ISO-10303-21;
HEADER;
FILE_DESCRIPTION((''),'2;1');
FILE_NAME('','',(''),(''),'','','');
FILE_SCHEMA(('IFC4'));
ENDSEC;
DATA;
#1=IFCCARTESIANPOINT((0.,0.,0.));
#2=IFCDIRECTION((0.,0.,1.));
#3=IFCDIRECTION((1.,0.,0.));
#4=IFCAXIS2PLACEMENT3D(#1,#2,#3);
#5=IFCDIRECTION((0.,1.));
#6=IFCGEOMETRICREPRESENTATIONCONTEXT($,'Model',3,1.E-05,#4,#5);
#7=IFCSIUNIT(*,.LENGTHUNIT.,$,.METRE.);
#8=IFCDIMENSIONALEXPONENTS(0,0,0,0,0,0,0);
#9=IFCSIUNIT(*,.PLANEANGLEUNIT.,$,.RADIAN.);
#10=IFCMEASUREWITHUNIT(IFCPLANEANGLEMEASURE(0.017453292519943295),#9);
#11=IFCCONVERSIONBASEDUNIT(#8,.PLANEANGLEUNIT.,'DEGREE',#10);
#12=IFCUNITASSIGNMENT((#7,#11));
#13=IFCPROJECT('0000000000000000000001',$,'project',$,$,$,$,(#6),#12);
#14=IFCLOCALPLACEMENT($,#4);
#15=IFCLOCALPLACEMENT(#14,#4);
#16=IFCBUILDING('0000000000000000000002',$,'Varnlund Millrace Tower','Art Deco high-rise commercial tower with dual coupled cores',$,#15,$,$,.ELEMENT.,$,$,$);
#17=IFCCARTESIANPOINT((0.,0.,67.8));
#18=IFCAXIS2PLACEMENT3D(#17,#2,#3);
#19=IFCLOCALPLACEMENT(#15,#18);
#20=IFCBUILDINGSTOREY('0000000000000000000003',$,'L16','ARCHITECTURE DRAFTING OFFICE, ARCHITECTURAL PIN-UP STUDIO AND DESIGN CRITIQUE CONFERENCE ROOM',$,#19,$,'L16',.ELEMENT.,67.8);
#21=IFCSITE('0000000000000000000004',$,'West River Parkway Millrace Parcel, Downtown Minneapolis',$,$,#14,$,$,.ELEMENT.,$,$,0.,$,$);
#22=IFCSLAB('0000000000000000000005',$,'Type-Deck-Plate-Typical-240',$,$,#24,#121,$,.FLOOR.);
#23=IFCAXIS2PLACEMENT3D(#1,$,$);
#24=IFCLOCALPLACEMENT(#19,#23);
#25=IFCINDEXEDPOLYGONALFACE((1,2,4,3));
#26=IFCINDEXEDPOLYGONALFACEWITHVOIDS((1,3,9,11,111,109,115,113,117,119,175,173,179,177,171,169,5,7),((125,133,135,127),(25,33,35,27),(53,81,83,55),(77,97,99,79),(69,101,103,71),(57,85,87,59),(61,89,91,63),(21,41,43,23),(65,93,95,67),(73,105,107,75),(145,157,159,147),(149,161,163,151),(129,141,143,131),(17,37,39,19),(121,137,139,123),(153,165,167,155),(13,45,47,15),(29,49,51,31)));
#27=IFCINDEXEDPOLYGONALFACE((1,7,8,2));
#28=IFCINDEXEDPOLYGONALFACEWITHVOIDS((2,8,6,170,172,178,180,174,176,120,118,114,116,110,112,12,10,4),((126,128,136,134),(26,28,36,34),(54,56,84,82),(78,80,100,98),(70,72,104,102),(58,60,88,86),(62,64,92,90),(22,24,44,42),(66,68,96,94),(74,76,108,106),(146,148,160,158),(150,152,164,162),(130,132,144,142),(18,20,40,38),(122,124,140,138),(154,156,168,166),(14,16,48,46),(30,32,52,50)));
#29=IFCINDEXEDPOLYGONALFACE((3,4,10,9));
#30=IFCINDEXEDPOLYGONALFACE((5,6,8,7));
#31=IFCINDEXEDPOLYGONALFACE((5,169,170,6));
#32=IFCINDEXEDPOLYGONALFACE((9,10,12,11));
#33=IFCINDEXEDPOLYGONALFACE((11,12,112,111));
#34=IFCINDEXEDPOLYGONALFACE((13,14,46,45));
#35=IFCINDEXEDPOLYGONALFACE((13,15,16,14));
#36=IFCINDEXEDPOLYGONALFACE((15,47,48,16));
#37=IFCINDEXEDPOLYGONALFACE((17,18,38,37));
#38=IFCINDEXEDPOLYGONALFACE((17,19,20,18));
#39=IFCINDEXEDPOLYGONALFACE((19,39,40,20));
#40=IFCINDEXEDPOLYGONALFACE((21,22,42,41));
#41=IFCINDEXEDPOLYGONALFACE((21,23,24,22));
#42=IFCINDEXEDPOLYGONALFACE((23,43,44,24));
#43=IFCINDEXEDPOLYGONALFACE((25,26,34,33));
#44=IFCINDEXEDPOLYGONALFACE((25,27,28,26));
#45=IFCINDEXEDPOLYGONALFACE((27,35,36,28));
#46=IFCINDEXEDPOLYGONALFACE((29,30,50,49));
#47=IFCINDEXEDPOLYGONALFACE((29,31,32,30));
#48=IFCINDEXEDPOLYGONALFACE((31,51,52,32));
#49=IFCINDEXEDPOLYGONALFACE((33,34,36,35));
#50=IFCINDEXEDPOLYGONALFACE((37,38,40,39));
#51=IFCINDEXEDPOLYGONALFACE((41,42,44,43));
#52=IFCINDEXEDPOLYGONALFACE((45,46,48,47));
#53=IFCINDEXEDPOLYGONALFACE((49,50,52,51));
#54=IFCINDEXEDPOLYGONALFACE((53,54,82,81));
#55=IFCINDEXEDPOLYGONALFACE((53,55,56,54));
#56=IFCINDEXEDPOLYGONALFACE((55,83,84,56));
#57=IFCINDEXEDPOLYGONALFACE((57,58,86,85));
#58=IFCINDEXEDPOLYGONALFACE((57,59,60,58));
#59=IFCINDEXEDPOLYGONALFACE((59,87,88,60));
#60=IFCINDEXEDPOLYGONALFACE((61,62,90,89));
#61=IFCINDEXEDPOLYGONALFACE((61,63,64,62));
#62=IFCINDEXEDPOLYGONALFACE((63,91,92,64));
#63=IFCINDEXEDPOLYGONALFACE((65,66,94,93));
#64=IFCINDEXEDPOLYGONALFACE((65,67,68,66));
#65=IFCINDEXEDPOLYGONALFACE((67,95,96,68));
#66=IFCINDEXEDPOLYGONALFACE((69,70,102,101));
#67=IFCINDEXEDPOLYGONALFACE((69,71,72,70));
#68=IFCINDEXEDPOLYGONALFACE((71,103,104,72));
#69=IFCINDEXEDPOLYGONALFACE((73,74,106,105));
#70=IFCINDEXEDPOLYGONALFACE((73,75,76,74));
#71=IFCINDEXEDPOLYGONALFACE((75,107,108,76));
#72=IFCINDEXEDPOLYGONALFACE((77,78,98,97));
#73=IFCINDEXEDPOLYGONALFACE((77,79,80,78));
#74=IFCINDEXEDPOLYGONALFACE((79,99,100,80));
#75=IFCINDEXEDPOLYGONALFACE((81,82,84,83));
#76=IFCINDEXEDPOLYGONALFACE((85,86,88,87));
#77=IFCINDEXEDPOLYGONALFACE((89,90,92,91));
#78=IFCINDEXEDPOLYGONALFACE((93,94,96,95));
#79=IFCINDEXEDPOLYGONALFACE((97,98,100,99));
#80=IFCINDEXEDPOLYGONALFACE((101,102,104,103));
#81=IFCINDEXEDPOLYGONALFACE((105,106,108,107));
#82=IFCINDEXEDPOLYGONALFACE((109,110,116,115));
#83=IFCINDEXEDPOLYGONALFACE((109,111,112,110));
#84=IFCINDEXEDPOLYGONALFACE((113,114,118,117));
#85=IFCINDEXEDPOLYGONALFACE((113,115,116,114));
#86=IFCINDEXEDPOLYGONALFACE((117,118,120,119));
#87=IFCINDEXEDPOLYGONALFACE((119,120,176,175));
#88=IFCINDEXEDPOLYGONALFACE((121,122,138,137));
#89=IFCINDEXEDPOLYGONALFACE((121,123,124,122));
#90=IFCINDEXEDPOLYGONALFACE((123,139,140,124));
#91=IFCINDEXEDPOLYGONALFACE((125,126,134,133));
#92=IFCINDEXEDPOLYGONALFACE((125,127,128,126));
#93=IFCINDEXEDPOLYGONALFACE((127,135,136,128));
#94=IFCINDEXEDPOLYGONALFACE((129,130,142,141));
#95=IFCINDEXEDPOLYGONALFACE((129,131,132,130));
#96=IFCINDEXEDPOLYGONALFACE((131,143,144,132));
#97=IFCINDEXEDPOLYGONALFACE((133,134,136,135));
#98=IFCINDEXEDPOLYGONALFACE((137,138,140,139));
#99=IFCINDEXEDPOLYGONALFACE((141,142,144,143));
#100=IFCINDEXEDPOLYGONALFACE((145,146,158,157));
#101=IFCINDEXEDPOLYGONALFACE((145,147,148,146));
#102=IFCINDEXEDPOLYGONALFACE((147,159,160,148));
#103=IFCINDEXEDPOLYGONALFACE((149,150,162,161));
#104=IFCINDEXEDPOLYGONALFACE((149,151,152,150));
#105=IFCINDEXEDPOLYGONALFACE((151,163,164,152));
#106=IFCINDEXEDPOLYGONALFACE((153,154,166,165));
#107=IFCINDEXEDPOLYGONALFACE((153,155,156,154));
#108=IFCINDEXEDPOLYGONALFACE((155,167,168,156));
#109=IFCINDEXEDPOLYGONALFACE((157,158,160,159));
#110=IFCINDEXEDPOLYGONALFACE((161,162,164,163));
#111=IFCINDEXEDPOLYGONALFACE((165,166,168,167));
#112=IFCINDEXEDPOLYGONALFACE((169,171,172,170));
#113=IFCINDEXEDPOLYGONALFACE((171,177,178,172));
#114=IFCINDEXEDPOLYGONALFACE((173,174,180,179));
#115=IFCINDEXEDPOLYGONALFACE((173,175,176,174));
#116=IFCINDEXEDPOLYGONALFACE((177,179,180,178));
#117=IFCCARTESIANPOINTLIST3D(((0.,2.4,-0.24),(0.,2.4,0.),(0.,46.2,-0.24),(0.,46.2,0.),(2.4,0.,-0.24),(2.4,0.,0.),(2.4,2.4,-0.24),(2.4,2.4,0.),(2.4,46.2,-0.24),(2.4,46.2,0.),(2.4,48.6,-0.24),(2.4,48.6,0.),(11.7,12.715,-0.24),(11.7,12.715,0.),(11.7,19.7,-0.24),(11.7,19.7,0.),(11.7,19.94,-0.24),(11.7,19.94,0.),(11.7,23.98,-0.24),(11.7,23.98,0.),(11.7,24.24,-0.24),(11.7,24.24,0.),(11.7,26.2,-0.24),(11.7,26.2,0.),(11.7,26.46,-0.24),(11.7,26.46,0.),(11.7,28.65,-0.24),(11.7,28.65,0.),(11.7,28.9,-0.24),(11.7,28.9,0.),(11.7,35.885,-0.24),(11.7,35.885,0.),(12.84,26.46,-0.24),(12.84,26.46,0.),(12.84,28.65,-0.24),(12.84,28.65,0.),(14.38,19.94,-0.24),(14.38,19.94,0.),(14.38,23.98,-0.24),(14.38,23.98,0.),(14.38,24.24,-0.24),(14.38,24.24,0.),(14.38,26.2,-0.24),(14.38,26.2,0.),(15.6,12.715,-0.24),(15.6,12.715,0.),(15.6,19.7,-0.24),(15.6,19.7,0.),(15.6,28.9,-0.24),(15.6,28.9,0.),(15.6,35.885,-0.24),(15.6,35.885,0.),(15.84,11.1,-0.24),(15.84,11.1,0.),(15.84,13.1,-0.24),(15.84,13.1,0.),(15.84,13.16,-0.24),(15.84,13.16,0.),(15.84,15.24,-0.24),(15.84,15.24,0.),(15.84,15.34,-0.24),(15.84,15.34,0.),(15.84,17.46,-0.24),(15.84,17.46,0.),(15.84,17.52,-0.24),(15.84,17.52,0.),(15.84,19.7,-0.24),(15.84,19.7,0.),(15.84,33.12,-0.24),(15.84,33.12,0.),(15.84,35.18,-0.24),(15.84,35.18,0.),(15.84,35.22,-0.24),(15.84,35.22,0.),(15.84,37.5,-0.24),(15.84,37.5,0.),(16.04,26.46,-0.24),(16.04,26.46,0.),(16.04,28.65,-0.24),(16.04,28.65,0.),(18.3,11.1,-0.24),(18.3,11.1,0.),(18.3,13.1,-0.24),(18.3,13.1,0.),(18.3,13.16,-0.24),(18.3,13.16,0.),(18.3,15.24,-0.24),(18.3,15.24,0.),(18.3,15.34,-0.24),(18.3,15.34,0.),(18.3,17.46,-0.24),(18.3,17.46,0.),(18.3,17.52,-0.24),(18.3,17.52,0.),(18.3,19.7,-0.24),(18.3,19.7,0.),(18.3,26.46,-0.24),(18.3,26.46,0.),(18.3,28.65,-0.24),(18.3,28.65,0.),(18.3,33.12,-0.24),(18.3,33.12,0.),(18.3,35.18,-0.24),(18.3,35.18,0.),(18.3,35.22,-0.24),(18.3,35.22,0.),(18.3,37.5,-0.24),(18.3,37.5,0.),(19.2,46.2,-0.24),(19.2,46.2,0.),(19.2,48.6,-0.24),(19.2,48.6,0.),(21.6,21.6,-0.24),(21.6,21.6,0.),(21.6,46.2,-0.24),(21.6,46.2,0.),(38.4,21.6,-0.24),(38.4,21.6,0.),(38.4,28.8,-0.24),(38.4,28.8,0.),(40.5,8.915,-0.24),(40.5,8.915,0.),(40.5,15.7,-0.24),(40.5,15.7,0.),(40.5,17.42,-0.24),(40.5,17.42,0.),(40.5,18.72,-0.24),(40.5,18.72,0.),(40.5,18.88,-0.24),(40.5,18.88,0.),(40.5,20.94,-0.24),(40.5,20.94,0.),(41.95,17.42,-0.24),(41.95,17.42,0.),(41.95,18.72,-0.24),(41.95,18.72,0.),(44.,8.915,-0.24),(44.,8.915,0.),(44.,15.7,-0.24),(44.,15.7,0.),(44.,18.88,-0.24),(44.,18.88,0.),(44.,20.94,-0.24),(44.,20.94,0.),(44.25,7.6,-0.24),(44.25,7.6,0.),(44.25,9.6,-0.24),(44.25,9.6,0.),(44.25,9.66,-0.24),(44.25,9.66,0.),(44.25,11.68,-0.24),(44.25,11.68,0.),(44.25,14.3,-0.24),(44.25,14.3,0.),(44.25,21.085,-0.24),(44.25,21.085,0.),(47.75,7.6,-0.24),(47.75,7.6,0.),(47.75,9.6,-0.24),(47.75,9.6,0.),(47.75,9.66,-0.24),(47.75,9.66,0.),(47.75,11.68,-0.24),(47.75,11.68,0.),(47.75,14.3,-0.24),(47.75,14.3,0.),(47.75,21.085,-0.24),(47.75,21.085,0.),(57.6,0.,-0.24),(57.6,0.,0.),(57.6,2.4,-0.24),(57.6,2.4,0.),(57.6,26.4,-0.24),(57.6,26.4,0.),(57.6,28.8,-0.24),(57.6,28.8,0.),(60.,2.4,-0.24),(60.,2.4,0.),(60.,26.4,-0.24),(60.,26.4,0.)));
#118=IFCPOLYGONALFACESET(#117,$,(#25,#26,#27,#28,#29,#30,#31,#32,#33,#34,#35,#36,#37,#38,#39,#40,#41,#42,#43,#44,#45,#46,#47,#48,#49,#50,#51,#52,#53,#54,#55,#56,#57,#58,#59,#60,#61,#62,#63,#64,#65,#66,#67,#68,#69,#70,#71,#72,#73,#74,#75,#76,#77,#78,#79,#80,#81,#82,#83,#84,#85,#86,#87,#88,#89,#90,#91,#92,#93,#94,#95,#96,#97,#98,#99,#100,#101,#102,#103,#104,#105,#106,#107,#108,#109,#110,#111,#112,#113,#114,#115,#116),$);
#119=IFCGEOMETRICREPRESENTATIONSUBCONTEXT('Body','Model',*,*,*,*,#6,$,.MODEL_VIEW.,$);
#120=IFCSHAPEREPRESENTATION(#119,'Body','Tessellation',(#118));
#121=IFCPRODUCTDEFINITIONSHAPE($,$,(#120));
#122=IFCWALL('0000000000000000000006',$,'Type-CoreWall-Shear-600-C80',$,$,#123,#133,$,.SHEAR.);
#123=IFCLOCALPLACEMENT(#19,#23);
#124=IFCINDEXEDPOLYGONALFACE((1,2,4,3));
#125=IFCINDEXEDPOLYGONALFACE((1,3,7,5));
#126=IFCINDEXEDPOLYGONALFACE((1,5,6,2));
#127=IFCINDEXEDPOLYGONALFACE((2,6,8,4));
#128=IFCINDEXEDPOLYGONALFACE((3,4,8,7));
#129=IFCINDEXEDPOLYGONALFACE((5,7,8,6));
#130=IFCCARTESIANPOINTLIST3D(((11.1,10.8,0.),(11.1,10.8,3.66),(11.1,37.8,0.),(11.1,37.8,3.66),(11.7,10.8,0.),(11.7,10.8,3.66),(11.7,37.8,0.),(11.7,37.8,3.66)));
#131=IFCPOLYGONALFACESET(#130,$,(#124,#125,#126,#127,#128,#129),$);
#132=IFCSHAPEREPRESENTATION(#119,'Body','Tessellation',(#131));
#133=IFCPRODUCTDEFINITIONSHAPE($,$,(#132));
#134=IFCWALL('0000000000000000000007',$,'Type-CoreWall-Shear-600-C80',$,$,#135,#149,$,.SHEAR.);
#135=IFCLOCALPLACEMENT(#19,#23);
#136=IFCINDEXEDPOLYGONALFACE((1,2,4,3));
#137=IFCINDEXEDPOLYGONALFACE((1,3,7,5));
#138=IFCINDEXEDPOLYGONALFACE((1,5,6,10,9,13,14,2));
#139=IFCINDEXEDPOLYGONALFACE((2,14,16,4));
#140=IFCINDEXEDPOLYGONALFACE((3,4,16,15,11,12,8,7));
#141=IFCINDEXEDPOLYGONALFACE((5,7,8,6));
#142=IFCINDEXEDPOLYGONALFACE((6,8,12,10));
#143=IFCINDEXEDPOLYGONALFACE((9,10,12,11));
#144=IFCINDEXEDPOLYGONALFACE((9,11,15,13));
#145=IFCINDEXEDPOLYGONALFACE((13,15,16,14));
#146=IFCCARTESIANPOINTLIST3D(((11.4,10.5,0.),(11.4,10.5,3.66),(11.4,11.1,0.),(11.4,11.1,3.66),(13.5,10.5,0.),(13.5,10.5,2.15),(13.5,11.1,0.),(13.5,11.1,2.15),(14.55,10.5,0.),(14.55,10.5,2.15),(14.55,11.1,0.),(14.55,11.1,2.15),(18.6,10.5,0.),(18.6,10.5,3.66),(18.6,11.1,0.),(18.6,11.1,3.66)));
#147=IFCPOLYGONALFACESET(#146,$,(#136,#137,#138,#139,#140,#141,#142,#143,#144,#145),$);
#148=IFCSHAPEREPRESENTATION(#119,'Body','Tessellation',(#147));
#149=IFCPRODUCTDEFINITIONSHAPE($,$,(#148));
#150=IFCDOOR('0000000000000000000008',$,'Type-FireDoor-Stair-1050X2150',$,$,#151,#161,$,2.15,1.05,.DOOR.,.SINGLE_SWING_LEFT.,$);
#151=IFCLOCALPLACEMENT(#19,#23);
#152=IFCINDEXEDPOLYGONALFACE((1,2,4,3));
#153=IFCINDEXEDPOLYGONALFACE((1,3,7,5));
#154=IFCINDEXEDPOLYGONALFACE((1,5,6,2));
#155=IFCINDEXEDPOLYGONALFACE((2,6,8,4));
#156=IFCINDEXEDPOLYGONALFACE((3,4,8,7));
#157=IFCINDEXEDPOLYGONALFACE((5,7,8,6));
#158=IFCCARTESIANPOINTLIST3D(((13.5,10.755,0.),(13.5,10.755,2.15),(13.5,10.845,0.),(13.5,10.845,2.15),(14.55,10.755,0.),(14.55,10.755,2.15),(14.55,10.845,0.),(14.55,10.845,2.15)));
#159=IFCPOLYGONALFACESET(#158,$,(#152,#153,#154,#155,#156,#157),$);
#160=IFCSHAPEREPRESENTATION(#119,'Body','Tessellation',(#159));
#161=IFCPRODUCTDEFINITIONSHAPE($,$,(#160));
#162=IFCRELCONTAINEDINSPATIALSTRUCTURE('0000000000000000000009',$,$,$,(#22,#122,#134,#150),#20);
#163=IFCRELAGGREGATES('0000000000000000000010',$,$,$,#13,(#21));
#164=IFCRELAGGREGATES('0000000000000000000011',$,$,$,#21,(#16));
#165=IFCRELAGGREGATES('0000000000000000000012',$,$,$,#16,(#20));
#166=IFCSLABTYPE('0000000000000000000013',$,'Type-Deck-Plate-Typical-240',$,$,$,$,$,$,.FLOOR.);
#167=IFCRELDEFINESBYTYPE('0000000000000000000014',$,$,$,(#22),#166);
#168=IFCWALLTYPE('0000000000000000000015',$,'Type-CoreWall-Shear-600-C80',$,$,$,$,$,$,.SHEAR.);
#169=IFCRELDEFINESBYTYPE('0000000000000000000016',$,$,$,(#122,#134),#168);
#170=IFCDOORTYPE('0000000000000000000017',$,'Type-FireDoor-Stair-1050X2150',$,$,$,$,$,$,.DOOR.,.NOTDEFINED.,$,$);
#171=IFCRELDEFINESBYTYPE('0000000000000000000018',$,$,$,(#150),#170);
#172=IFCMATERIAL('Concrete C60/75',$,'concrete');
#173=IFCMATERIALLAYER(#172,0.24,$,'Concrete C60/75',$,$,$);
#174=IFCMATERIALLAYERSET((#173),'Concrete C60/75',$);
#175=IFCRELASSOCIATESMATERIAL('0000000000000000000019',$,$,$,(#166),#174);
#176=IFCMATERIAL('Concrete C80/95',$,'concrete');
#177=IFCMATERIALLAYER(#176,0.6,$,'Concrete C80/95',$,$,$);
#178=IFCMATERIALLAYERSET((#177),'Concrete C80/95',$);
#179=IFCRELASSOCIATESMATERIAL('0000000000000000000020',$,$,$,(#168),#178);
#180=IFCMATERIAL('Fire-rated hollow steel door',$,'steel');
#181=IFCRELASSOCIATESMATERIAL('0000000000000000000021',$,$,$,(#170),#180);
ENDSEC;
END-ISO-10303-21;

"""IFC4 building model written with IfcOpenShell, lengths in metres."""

from ifc_helpers import new_model, entity, si_unit, converted_unit, direction, frame, origin_with_axes, origin_2d_with_axis, place, context, subcontext, project, spatial, polyline, rectangle, outline, extrude, material, layer, layer_set, type_object, element, fill, save


model = new_model("IFC4")

# Units and contexts
model_context = context("Model", 3, precision=1e-05, world=origin_with_axes(), true_north=direction((0.0, 1.0)))
body_context = subcontext(model_context, "Body", "Model", "MODEL_VIEW")
ifc_project = project(units=[si_unit("LENGTHUNIT", "METRE"), converted_unit("PLANEANGLEUNIT", "DEGREE", entity("IfcPlaneAngleMeasure", 0.017453292519943295), si_unit("PLANEANGLEUNIT", "RADIAN"), dimensions=[0, 0, 0, 0, 0, 0, 0])], contexts=[model_context])

# Site, building, storey
site_placement = place(None, origin_with_axes())
site = spatial("IfcSite", under=ifc_project, at=site_placement, Name="West River Parkway Millrace Parcel, Downtown Minneapolis", CompositionType="ELEMENT", RefElevation=0.0)
building_placement = place(site_placement, origin_with_axes())
building = spatial("IfcBuilding", under=site, at=building_placement, Name="Varnlund Millrace Tower", Description="Art Deco high-rise commercial tower with dual coupled cores", CompositionType="ELEMENT")
storey_placement = place(building_placement, frame((0.0, 0.0, 67.8), z_axis=(0.0, 0.0, 1.0), x_axis=(1.0, 0.0, 0.0)))
storey = spatial("IfcBuildingStorey", under=building, at=storey_placement, Name="L16", Description="ARCHITECTURE DRAFTING OFFICE, ARCHITECTURAL PIN-UP STUDIO AND DESIGN CRITIQUE CONFERENCE ROOM", LongName="L16", CompositionType="ELEMENT", Elevation=67.8)

# Slab
ifc_material_1 = material(Name="Concrete C60/75", Category="concrete")
ifc_layer_1 = layer(ifc_material_1, 0.24, Name="Concrete C60/75")
ifc_layer_set_1 = layer_set([ifc_layer_1], Name="Concrete C60/75")
slab_type = type_object("IfcSlabType", Name="Type-Deck-Plate-Typical-240", PredefinedType="FLOOR", material=ifc_layer_set_1)
slab_placement = place(storey_placement, frame((0.0, 0.0, -0.24), z_axis=(0.0, 0.0, 1.0), x_axis=(1.0, 0.0, 0.0)))
element("IfcSlab", 1, at=slab_placement, inside=storey, type_object=slab_type, Name="Type-Deck-Plate-Typical-240", PredefinedType="FLOOR", context=body_context, shape_type="SweptSolid", body=[
    extrude(outline(polyline([(21.6, 21.6), (21.6, 46.2), (19.2, 46.2), (19.2, 48.6), (2.4, 48.6), (2.4, 46.2), (0.0, 46.2), (0.0, 2.4), (2.4, 2.4), (2.4, 0.0), (57.6, 0.0), (57.6, 2.4), (60.0, 2.4), (60.0, 26.4), (57.6, 26.4), (57.6, 28.8), (38.4, 28.8), (38.4, 21.6), (21.6, 21.6)]), holes=[polyline([(18.3, 11.1), (15.84, 11.1), (15.84, 13.1), (18.3, 13.1), (18.3, 11.1)]), polyline([(18.3, 13.16), (15.84, 13.16), (15.84, 15.24), (18.3, 15.24), (18.3, 13.16)]), polyline([(15.6, 12.715), (11.7, 12.715), (11.7, 19.7), (15.6, 19.7), (15.6, 12.715)]), polyline([(18.3, 15.34), (15.84, 15.34), (15.84, 17.46), (18.3, 17.46), (18.3, 15.34)]), polyline([(18.3, 17.52), (15.84, 17.52), (15.84, 19.7), (18.3, 19.7), (18.3, 17.52)]), polyline([(14.38, 23.98), (14.38, 19.94), (11.7, 19.94), (11.7, 23.98), (14.38, 23.98)]), polyline([(11.7, 24.24), (11.7, 26.2), (14.38, 26.2), (14.38, 24.24), (11.7, 24.24)]), polyline([(11.7, 26.46), (11.7, 28.65), (12.84, 28.65), (12.84, 26.46), (11.7, 26.46)]), polyline([(15.6, 28.9), (11.7, 28.9), (11.7, 35.885), (15.6, 35.885), (15.6, 28.9)]), polyline([(47.75, 7.6), (44.25, 7.6), (44.25, 9.6), (47.75, 9.6), (47.75, 7.6)]), polyline([(47.75, 9.66), (44.25, 9.66), (44.25, 11.68), (47.75, 11.68), (47.75, 9.66)]), polyline([(40.5, 8.915), (40.5, 15.7), (44.0, 15.7), (44.0, 8.915), (40.5, 8.915)]), polyline([(44.25, 14.3), (44.25, 21.085), (47.75, 21.085), (47.75, 14.3), (44.25, 14.3)]), polyline([(41.95, 17.42), (40.5, 17.42), (40.5, 18.72), (41.95, 18.72), (41.95, 17.42)]), polyline([(44.0, 18.88), (40.5, 18.88), (40.5, 20.94), (44.0, 20.94), (44.0, 18.88)]), polyline([(18.3, 26.46), (16.04, 26.46), (16.04, 28.65), (18.3, 28.65), (18.3, 26.46)]), polyline([(15.84, 33.12), (15.84, 35.18), (18.3, 35.18), (18.3, 33.12), (15.84, 33.12)]), polyline([(15.84, 35.22), (15.84, 37.5), (18.3, 37.5), (18.3, 35.22), (15.84, 35.22)])]), origin_with_axes(), (0.0, 0.0, 1.0), 0.24),
])

# Wall
ifc_material_2 = material(Name="Concrete C80/95", Category="concrete")
ifc_layer_2 = layer(ifc_material_2, 0.6, Name="Concrete C80/95")
ifc_layer_set_2 = layer_set([ifc_layer_2], Name="Concrete C80/95")
wall_type_1 = type_object("IfcWallType", Name="Type-CoreWall-Shear-600-C80", PredefinedType="SHEAR", material=ifc_layer_set_2)
wall_1_placement = place(storey_placement, frame((11.4, 10.8, 0.0), z_axis=(0.0, 0.0, 1.0), x_axis=(0.0, 1.0, 0.0)))
element("IfcWall", 2, at=wall_1_placement, inside=storey, type_object=wall_type_1, Name="Type-CoreWall-Shear-600-C80", PredefinedType="SHEAR", context=body_context, shape_type="SweptSolid", body=[
    extrude(outline(polyline([(0.0, -0.3), (27.0, -0.3), (27.0, 0.3), (0.0, 0.3), (0.0, -0.3)])), origin_with_axes(), (0.0, 0.0, 1.0), 3.66),
])

# Wall, opening, door
wall_2_placement = place(storey_placement, frame((11.4, 10.8, 0.0), z_axis=(0.0, 0.0, 1.0), x_axis=(1.0, 0.0, 0.0)))
wall_2 = element("IfcWall", 3, at=wall_2_placement, inside=storey, type_object=wall_type_1, Name="Type-CoreWall-Shear-600-C80", PredefinedType="SHEAR", context=body_context, shape_type="SweptSolid", body=[
    extrude(outline(polyline([(0.0, -0.3), (7.2, -0.3), (7.2, 0.3), (0.0, 0.3), (0.0, -0.3)])), origin_with_axes(), (0.0, 0.0, 1.0), 3.66),
])
opening_1_placement = place(wall_2_placement, frame((2.625, 0.0, 0.0), z_axis=(0.0, 0.0, 1.0), x_axis=(1.0, 0.0, 0.0)))
opening_1 = element("IfcOpeningElement", 4, at=opening_1_placement, cuts=wall_2, PredefinedType="OPENING", context=body_context, shape_type="SweptSolid", body=[
    extrude(rectangle(XDim=1.05, YDim=0.62, at=origin_2d_with_axis()), origin_with_axes(), (0.0, 0.0, 1.0), 2.15),
])
ifc_material_3 = material(Name="Fire-rated hollow steel door", Category="steel")
door_type_1 = type_object("IfcDoorType", Name="Type-FireDoor-Stair-1050X2150", OperationType="NOTDEFINED", PredefinedType="DOOR", material=ifc_material_3)
door_1_placement = place(wall_2_placement, frame((2.625, 0.0, 0.0), z_axis=(0.0, 0.0, 1.0), x_axis=(1.0, 0.0, 0.0)))
door_1 = element("IfcDoor", 5, at=door_1_placement, inside=storey, type_object=door_type_1, Name="Type-FireDoor-Stair-1050X2150", OperationType="SINGLE_SWING_LEFT", OverallHeight=2.15, OverallWidth=1.05, PredefinedType="DOOR", context=body_context, shape_type="SweptSolid", body=[
    extrude(rectangle(XDim=1.05, YDim=0.09, at=origin_2d_with_axis()), origin_with_axes(), (0.0, 0.0, 1.0), 2.15),
])
fill(opening_1, door_1)

save(model, "model.ifc")
